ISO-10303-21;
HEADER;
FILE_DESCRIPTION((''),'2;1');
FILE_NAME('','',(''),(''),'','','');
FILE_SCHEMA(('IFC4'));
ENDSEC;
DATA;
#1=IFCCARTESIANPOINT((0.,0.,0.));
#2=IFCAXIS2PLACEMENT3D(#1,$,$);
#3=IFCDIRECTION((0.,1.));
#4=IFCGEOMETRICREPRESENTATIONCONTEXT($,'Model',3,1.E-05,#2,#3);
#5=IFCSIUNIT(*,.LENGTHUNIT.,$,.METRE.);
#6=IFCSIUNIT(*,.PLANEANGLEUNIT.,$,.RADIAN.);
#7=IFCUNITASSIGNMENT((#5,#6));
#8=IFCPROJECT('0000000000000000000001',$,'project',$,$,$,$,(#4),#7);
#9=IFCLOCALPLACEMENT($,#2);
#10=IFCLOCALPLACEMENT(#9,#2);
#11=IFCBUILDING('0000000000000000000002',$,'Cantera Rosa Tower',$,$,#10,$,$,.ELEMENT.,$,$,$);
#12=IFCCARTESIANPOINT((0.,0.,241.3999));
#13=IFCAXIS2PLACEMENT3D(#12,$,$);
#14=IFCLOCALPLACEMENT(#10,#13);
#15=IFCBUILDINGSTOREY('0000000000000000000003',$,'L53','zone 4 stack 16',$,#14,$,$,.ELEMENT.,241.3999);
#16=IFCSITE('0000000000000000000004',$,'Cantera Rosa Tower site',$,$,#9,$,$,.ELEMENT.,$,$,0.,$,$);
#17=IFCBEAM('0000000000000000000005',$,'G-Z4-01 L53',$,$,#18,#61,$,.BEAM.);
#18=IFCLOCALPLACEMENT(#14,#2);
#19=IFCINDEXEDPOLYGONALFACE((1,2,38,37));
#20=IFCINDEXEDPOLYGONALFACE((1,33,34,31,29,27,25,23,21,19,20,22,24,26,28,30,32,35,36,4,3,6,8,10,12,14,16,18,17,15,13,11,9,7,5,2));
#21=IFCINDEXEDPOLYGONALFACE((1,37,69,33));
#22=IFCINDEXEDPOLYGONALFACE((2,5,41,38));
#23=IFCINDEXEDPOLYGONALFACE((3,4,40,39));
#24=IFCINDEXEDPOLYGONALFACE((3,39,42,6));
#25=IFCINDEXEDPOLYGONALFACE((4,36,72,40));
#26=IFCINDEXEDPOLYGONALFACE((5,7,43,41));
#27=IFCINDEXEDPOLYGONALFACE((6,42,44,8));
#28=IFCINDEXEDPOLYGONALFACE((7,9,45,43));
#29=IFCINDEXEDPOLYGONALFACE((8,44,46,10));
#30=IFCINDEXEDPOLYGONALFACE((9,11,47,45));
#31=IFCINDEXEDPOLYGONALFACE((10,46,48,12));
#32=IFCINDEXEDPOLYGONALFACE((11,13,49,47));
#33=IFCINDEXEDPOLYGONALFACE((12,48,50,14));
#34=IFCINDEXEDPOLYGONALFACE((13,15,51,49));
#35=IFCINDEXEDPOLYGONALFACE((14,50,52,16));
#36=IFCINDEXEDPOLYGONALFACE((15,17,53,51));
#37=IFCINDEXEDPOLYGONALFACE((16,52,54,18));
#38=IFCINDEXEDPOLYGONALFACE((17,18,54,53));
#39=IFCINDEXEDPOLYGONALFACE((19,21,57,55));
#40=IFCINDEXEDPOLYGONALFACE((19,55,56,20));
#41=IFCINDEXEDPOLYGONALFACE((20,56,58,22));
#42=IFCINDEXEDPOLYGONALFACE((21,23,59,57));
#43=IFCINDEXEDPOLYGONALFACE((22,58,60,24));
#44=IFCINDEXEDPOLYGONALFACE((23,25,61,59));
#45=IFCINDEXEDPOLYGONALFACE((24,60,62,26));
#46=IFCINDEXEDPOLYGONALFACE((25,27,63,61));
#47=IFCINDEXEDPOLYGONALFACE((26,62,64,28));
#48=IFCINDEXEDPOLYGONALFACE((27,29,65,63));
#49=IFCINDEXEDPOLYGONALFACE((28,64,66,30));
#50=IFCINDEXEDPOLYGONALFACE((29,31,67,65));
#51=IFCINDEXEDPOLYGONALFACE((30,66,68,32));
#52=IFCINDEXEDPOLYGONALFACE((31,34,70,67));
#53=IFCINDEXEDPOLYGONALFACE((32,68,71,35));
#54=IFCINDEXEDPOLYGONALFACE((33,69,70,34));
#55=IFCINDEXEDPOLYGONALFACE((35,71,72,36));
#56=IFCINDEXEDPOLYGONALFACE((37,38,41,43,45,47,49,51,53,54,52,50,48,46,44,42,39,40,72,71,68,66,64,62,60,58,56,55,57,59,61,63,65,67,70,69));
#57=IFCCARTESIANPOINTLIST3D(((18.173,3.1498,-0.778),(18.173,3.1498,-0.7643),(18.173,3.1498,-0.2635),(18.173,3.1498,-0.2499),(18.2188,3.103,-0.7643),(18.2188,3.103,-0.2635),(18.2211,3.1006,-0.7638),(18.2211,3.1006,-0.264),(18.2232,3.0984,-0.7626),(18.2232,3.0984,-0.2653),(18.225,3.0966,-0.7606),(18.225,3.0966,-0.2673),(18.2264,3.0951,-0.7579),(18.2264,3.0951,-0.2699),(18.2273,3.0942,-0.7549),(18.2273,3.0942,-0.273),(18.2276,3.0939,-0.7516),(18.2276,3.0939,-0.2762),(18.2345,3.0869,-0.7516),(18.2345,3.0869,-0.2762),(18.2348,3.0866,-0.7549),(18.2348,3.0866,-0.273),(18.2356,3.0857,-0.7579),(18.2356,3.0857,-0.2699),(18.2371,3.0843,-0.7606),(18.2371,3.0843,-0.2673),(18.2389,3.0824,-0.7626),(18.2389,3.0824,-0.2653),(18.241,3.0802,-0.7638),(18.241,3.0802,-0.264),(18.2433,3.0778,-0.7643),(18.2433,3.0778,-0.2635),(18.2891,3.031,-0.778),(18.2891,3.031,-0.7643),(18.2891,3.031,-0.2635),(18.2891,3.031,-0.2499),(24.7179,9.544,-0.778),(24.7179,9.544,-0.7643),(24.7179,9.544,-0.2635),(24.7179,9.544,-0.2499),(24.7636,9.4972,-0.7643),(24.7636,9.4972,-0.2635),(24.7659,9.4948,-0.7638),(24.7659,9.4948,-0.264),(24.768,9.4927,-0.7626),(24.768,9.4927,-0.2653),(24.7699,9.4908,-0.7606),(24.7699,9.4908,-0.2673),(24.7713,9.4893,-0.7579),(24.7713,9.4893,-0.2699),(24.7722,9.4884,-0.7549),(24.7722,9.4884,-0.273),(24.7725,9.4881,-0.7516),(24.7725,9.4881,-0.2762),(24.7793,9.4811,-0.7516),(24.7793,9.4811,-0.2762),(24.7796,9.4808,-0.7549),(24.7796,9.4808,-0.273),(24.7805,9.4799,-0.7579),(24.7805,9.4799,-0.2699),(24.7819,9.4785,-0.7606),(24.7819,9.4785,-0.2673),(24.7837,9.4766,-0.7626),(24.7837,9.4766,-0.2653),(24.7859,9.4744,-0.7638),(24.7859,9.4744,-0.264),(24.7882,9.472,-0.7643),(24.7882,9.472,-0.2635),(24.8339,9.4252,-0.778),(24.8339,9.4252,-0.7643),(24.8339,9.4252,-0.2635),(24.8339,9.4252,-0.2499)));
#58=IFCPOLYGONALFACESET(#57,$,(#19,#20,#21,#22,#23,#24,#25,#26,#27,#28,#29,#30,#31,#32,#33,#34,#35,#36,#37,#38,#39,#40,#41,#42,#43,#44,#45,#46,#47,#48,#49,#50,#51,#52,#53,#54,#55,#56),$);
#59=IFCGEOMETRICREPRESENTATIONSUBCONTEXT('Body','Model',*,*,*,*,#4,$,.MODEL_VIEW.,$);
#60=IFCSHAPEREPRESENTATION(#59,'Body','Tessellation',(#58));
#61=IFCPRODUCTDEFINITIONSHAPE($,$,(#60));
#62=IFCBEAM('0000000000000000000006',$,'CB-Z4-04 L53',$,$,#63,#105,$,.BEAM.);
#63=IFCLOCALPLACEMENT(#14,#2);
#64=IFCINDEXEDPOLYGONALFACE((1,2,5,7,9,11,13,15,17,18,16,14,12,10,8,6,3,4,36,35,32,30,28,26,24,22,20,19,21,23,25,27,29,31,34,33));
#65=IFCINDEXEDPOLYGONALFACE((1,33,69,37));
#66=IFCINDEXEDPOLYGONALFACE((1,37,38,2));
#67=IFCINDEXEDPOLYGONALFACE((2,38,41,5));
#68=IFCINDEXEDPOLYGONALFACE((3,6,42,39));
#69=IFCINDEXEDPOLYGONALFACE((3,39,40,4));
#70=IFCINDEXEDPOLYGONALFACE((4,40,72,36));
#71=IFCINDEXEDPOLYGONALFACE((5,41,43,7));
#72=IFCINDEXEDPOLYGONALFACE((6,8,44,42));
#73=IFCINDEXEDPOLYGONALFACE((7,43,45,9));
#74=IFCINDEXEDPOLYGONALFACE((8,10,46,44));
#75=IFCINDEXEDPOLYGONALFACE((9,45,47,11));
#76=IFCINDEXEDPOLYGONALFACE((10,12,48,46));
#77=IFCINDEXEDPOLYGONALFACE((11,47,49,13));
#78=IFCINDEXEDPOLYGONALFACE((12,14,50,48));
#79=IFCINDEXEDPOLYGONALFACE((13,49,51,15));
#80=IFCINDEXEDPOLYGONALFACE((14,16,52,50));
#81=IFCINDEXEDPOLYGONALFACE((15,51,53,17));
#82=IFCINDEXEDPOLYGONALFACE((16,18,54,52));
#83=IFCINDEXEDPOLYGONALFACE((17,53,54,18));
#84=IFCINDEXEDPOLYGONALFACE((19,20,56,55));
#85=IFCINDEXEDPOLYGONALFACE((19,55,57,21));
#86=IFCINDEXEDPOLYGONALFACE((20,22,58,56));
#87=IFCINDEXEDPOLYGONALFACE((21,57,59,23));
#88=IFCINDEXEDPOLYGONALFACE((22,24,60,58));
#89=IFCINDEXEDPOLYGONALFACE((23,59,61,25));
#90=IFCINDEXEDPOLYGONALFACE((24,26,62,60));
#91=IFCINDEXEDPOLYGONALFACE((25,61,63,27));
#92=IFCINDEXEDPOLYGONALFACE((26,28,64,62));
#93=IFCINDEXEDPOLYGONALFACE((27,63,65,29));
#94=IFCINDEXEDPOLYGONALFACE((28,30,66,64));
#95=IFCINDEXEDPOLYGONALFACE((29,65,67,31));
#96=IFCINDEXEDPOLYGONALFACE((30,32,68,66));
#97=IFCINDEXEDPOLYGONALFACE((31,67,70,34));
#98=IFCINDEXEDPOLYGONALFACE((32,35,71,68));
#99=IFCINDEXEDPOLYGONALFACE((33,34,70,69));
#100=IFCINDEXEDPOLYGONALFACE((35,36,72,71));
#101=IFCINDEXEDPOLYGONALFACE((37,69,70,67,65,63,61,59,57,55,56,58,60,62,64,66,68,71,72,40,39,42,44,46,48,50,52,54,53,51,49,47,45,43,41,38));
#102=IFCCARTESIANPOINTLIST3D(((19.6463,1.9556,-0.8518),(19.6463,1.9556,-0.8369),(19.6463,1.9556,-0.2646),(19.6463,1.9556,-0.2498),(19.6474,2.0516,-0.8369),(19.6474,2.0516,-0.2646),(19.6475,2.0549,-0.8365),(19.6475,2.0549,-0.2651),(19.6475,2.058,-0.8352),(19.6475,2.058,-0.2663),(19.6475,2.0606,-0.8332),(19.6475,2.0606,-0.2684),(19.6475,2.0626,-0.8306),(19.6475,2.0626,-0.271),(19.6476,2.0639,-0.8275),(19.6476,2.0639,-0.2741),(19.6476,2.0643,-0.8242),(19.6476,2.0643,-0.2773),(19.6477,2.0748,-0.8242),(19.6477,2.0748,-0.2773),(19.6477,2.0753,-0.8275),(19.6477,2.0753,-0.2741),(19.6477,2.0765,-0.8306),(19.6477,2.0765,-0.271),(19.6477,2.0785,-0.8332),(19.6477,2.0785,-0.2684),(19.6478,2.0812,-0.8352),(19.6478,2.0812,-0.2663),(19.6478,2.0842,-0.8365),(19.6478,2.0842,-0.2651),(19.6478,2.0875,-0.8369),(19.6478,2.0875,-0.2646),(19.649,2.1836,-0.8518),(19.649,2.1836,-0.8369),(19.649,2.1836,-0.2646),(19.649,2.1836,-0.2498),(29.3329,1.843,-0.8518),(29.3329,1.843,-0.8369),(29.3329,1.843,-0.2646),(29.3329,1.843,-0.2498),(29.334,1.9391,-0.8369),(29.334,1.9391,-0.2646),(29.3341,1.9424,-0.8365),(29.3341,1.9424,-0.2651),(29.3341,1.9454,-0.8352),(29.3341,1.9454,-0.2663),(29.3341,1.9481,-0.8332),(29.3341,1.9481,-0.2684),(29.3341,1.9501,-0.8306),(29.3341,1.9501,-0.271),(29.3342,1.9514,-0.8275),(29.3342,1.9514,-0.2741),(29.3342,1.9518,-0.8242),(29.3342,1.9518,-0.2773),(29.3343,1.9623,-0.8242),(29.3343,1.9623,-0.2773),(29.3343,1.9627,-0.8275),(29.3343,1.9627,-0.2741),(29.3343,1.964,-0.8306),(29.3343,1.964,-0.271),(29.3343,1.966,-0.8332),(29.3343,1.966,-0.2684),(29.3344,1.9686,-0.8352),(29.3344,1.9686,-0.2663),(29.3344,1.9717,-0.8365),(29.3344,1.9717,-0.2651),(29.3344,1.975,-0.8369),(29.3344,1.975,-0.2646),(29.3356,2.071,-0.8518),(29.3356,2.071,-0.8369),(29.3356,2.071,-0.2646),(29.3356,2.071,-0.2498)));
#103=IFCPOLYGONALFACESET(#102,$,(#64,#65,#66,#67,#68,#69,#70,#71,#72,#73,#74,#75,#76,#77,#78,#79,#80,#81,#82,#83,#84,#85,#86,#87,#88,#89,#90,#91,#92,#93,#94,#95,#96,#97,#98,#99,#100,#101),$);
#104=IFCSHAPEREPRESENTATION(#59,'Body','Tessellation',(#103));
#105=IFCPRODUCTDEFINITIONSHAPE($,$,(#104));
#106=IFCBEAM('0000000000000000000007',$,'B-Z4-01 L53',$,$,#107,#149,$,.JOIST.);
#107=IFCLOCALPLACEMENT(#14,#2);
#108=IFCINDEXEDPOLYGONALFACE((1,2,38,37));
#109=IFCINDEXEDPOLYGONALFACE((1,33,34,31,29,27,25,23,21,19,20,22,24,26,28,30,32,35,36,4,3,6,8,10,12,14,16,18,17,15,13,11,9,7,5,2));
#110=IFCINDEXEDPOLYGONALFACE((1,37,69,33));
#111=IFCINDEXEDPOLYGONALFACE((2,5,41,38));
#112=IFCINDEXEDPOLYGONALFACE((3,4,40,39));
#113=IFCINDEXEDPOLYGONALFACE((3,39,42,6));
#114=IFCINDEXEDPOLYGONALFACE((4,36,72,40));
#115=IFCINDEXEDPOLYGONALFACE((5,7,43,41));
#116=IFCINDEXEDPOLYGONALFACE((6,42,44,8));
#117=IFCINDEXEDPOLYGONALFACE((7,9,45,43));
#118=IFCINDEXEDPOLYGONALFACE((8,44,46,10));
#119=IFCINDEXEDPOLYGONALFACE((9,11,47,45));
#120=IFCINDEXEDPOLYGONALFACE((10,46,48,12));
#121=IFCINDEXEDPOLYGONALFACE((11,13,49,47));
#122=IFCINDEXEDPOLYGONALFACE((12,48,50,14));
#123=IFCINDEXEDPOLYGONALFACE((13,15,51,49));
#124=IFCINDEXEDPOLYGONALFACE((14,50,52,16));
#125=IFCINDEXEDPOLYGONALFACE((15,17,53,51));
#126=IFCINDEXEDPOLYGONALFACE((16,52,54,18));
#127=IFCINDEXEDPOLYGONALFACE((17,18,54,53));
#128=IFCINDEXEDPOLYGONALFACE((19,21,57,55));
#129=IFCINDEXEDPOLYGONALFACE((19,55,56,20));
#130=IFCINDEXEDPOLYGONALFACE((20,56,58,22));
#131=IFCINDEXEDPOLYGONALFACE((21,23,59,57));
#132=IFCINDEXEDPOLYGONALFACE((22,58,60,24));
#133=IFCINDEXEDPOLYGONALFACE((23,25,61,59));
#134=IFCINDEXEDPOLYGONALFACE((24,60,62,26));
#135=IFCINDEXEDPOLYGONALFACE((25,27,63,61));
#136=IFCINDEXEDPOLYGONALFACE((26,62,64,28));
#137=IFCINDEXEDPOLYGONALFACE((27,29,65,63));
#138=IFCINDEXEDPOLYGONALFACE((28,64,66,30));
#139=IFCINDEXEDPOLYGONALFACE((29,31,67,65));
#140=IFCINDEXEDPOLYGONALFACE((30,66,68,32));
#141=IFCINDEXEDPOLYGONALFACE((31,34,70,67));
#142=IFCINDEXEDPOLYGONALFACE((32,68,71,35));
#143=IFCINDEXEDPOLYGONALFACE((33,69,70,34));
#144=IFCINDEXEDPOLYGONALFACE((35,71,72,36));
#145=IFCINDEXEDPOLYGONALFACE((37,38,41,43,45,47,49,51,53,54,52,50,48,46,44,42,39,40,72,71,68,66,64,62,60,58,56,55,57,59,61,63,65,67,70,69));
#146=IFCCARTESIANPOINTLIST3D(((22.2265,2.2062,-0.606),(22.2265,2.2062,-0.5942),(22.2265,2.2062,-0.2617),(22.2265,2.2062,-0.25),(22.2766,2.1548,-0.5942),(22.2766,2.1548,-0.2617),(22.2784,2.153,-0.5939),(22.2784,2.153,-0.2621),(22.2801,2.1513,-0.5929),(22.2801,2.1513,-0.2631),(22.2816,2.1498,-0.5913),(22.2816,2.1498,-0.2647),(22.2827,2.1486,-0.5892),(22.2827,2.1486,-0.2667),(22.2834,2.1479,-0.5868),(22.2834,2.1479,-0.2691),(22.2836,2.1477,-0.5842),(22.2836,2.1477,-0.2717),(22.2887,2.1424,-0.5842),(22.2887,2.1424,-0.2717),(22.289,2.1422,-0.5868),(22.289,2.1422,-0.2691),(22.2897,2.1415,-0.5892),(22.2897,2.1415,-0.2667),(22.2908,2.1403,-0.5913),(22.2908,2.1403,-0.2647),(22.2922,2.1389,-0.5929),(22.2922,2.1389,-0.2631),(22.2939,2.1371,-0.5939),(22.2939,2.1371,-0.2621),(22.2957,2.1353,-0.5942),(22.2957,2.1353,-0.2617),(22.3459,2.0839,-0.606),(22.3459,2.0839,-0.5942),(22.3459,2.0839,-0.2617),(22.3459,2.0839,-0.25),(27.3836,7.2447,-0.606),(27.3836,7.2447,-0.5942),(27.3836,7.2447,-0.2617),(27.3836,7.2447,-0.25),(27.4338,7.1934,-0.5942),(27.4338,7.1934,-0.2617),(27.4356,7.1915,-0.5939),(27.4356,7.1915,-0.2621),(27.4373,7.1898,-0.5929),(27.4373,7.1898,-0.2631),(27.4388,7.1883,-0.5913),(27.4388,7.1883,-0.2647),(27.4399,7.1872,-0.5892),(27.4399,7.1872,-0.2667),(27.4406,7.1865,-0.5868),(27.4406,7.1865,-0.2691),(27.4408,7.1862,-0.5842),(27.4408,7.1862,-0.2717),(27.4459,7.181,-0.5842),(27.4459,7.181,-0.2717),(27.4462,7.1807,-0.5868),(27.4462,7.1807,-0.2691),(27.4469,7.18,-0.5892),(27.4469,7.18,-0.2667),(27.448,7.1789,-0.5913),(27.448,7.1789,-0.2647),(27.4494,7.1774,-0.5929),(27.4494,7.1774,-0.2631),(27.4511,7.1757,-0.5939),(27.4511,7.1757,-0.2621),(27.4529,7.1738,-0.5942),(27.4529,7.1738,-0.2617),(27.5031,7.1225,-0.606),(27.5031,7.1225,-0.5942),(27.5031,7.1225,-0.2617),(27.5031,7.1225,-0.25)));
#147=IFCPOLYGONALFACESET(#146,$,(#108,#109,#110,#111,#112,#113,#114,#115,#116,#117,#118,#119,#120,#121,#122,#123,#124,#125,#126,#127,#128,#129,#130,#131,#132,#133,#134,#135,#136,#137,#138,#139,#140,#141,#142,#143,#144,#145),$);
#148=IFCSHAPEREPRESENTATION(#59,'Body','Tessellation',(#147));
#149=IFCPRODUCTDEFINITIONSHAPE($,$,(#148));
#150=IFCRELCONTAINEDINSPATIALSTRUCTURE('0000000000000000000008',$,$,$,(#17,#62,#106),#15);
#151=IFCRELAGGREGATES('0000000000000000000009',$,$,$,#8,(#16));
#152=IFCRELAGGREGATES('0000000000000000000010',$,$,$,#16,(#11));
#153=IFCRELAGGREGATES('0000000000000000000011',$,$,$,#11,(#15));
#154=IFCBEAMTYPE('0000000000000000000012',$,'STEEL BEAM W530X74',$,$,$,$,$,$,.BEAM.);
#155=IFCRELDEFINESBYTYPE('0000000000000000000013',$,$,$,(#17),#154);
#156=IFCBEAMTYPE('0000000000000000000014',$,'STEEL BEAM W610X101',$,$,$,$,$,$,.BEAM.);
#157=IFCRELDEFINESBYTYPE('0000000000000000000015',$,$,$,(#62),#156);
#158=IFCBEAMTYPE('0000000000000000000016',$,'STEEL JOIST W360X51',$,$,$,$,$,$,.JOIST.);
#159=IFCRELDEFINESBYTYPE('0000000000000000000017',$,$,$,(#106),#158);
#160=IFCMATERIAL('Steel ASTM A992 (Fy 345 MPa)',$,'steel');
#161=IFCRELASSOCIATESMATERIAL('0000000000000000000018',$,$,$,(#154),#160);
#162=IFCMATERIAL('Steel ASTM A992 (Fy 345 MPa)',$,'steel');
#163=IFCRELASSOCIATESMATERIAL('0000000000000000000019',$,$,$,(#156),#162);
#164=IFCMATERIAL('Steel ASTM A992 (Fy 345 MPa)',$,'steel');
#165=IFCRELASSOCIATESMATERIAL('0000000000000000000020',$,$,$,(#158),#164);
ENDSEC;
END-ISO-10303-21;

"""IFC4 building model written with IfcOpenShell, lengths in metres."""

from ifc_helpers import new_model, si_unit, direction, frame, origin, origin_2d, place, context, subcontext, project, spatial, i_section, extrude, material, material_profile, profile_set, type_object, element, save


model = new_model("IFC4")

# Units and contexts
model_context = context("Model", 3, precision=1e-05, world=origin(), true_north=direction((0.0, 1.0)))
body_context = subcontext(model_context, "Body", "Model", "MODEL_VIEW")
ifc_project = project(units=[si_unit("LENGTHUNIT", "METRE"), si_unit("PLANEANGLEUNIT", "RADIAN")], contexts=[model_context])

# Site, building, storey
site_placement = place(None, origin())
site = spatial("IfcSite", under=ifc_project, at=site_placement, Name="Cantera Rosa Tower site", CompositionType="ELEMENT", RefElevation=0.0)
building_placement = place(site_placement, origin())
building = spatial("IfcBuilding", under=site, at=building_placement, Name="Cantera Rosa Tower", CompositionType="ELEMENT")
storey_placement = place(building_placement, frame((0.0, 0.0, 241.3999)))
storey = spatial("IfcBuildingStorey", under=building, at=storey_placement, Name="L53", Description="zone 4 stack 16", CompositionType="ELEMENT", Elevation=241.3999)

# Beams
ifc_material_1 = material(Name="Steel ASTM A992 (Fy 345 MPa)", Category="steel")
ifc_material_profile_1 = material_profile(ifc_material_1, i_section(OverallWidth=0.166, OverallDepth=0.5281, WebThickness=0.0098, FlangeThickness=0.0137, FilletRadius=0.0127, at=origin_2d()), Name="W530X74")
ifc_profile_set_1 = profile_set([ifc_material_profile_1], Name="Steel ASTM A992 (Fy 345 MPa)")
beam_type_1 = type_object("IfcBeamType", Name="STEEL BEAM W530X74", PredefinedType="BEAM", material=ifc_profile_set_1)
beam_1_placement = place(storey_placement, frame((24.7759, 9.4846, -0.5139), z_axis=(-0.71529, -0.698827, 0.0), x_axis=(0.698827, -0.71529, 0.0)))
element("IfcBeam", 1, at=beam_1_placement, inside=storey, type_object=beam_type_1, Name="G-Z4-01 L53", PredefinedType="BEAM", context=body_context, shape_type="SweptSolid", body=[
    extrude(i_section(OverallWidth=0.166, OverallDepth=0.5281, WebThickness=0.0098, FlangeThickness=0.0137, FilletRadius=0.0127, at=origin_2d()), origin(), (0.0, 0.0, 1.0), 9.1499),
])
ifc_material_2 = material(Name="Steel ASTM A992 (Fy 345 MPa)", Category="steel")
ifc_material_profile_2 = material_profile(ifc_material_2, i_section(OverallWidth=0.228, OverallDepth=0.6021, WebThickness=0.0105, FlangeThickness=0.0149, FilletRadius=0.0127, at=origin_2d()), Name="W610X101")
ifc_profile_set_2 = profile_set([ifc_material_profile_2], Name="Steel ASTM A992 (Fy 345 MPa)")
beam_type_2 = type_object("IfcBeamType", Name="STEEL BEAM W610X101", PredefinedType="BEAM", material=ifc_profile_set_2)
beam_2_placement = place(storey_placement, frame((29.3342, 1.957, -0.5508), z_axis=(-0.999933, 0.011618, 0.0), x_axis=(-0.011618, -0.999933, 0.0)))
element("IfcBeam", 2, at=beam_2_placement, inside=storey, type_object=beam_type_2, Name="CB-Z4-04 L53", PredefinedType="BEAM", context=body_context, shape_type="SweptSolid", body=[
    extrude(i_section(OverallWidth=0.228, OverallDepth=0.6021, WebThickness=0.0105, FlangeThickness=0.0149, FilletRadius=0.0127, at=origin_2d()), origin(), (0.0, 0.0, 1.0), 9.6873),
])
ifc_material_3 = material(Name="Steel ASTM A992 (Fy 345 MPa)", Category="steel")
ifc_material_profile_3 = material_profile(ifc_material_3, i_section(OverallWidth=0.1709, OverallDepth=0.356, WebThickness=0.0073, FlangeThickness=0.0117, FilletRadius=0.01, at=origin_2d()), Name="W360X51")
ifc_profile_set_3 = profile_set([ifc_material_profile_3], Name="Steel ASTM A992 (Fy 345 MPa)")
beam_type_3 = type_object("IfcBeamType", Name="STEEL JOIST W360X51", PredefinedType="JOIST", material=ifc_profile_set_3)
beam_3_placement = place(storey_placement, frame((27.4434, 7.1836, -0.428), z_axis=(-0.715287, -0.698831, 0.0), x_axis=(0.698831, -0.715287, 0.0)))
element("IfcBeam", 3, at=beam_3_placement, inside=storey, type_object=beam_type_3, Name="B-Z4-01 L53", PredefinedType="JOIST", context=body_context, shape_type="SweptSolid", body=[
    extrude(i_section(OverallWidth=0.1709, OverallDepth=0.356, WebThickness=0.0073, FlangeThickness=0.0117, FilletRadius=0.01, at=origin_2d()), origin(), (0.0, 0.0, 1.0), 7.21),
])

save(model, "model.ifc")
